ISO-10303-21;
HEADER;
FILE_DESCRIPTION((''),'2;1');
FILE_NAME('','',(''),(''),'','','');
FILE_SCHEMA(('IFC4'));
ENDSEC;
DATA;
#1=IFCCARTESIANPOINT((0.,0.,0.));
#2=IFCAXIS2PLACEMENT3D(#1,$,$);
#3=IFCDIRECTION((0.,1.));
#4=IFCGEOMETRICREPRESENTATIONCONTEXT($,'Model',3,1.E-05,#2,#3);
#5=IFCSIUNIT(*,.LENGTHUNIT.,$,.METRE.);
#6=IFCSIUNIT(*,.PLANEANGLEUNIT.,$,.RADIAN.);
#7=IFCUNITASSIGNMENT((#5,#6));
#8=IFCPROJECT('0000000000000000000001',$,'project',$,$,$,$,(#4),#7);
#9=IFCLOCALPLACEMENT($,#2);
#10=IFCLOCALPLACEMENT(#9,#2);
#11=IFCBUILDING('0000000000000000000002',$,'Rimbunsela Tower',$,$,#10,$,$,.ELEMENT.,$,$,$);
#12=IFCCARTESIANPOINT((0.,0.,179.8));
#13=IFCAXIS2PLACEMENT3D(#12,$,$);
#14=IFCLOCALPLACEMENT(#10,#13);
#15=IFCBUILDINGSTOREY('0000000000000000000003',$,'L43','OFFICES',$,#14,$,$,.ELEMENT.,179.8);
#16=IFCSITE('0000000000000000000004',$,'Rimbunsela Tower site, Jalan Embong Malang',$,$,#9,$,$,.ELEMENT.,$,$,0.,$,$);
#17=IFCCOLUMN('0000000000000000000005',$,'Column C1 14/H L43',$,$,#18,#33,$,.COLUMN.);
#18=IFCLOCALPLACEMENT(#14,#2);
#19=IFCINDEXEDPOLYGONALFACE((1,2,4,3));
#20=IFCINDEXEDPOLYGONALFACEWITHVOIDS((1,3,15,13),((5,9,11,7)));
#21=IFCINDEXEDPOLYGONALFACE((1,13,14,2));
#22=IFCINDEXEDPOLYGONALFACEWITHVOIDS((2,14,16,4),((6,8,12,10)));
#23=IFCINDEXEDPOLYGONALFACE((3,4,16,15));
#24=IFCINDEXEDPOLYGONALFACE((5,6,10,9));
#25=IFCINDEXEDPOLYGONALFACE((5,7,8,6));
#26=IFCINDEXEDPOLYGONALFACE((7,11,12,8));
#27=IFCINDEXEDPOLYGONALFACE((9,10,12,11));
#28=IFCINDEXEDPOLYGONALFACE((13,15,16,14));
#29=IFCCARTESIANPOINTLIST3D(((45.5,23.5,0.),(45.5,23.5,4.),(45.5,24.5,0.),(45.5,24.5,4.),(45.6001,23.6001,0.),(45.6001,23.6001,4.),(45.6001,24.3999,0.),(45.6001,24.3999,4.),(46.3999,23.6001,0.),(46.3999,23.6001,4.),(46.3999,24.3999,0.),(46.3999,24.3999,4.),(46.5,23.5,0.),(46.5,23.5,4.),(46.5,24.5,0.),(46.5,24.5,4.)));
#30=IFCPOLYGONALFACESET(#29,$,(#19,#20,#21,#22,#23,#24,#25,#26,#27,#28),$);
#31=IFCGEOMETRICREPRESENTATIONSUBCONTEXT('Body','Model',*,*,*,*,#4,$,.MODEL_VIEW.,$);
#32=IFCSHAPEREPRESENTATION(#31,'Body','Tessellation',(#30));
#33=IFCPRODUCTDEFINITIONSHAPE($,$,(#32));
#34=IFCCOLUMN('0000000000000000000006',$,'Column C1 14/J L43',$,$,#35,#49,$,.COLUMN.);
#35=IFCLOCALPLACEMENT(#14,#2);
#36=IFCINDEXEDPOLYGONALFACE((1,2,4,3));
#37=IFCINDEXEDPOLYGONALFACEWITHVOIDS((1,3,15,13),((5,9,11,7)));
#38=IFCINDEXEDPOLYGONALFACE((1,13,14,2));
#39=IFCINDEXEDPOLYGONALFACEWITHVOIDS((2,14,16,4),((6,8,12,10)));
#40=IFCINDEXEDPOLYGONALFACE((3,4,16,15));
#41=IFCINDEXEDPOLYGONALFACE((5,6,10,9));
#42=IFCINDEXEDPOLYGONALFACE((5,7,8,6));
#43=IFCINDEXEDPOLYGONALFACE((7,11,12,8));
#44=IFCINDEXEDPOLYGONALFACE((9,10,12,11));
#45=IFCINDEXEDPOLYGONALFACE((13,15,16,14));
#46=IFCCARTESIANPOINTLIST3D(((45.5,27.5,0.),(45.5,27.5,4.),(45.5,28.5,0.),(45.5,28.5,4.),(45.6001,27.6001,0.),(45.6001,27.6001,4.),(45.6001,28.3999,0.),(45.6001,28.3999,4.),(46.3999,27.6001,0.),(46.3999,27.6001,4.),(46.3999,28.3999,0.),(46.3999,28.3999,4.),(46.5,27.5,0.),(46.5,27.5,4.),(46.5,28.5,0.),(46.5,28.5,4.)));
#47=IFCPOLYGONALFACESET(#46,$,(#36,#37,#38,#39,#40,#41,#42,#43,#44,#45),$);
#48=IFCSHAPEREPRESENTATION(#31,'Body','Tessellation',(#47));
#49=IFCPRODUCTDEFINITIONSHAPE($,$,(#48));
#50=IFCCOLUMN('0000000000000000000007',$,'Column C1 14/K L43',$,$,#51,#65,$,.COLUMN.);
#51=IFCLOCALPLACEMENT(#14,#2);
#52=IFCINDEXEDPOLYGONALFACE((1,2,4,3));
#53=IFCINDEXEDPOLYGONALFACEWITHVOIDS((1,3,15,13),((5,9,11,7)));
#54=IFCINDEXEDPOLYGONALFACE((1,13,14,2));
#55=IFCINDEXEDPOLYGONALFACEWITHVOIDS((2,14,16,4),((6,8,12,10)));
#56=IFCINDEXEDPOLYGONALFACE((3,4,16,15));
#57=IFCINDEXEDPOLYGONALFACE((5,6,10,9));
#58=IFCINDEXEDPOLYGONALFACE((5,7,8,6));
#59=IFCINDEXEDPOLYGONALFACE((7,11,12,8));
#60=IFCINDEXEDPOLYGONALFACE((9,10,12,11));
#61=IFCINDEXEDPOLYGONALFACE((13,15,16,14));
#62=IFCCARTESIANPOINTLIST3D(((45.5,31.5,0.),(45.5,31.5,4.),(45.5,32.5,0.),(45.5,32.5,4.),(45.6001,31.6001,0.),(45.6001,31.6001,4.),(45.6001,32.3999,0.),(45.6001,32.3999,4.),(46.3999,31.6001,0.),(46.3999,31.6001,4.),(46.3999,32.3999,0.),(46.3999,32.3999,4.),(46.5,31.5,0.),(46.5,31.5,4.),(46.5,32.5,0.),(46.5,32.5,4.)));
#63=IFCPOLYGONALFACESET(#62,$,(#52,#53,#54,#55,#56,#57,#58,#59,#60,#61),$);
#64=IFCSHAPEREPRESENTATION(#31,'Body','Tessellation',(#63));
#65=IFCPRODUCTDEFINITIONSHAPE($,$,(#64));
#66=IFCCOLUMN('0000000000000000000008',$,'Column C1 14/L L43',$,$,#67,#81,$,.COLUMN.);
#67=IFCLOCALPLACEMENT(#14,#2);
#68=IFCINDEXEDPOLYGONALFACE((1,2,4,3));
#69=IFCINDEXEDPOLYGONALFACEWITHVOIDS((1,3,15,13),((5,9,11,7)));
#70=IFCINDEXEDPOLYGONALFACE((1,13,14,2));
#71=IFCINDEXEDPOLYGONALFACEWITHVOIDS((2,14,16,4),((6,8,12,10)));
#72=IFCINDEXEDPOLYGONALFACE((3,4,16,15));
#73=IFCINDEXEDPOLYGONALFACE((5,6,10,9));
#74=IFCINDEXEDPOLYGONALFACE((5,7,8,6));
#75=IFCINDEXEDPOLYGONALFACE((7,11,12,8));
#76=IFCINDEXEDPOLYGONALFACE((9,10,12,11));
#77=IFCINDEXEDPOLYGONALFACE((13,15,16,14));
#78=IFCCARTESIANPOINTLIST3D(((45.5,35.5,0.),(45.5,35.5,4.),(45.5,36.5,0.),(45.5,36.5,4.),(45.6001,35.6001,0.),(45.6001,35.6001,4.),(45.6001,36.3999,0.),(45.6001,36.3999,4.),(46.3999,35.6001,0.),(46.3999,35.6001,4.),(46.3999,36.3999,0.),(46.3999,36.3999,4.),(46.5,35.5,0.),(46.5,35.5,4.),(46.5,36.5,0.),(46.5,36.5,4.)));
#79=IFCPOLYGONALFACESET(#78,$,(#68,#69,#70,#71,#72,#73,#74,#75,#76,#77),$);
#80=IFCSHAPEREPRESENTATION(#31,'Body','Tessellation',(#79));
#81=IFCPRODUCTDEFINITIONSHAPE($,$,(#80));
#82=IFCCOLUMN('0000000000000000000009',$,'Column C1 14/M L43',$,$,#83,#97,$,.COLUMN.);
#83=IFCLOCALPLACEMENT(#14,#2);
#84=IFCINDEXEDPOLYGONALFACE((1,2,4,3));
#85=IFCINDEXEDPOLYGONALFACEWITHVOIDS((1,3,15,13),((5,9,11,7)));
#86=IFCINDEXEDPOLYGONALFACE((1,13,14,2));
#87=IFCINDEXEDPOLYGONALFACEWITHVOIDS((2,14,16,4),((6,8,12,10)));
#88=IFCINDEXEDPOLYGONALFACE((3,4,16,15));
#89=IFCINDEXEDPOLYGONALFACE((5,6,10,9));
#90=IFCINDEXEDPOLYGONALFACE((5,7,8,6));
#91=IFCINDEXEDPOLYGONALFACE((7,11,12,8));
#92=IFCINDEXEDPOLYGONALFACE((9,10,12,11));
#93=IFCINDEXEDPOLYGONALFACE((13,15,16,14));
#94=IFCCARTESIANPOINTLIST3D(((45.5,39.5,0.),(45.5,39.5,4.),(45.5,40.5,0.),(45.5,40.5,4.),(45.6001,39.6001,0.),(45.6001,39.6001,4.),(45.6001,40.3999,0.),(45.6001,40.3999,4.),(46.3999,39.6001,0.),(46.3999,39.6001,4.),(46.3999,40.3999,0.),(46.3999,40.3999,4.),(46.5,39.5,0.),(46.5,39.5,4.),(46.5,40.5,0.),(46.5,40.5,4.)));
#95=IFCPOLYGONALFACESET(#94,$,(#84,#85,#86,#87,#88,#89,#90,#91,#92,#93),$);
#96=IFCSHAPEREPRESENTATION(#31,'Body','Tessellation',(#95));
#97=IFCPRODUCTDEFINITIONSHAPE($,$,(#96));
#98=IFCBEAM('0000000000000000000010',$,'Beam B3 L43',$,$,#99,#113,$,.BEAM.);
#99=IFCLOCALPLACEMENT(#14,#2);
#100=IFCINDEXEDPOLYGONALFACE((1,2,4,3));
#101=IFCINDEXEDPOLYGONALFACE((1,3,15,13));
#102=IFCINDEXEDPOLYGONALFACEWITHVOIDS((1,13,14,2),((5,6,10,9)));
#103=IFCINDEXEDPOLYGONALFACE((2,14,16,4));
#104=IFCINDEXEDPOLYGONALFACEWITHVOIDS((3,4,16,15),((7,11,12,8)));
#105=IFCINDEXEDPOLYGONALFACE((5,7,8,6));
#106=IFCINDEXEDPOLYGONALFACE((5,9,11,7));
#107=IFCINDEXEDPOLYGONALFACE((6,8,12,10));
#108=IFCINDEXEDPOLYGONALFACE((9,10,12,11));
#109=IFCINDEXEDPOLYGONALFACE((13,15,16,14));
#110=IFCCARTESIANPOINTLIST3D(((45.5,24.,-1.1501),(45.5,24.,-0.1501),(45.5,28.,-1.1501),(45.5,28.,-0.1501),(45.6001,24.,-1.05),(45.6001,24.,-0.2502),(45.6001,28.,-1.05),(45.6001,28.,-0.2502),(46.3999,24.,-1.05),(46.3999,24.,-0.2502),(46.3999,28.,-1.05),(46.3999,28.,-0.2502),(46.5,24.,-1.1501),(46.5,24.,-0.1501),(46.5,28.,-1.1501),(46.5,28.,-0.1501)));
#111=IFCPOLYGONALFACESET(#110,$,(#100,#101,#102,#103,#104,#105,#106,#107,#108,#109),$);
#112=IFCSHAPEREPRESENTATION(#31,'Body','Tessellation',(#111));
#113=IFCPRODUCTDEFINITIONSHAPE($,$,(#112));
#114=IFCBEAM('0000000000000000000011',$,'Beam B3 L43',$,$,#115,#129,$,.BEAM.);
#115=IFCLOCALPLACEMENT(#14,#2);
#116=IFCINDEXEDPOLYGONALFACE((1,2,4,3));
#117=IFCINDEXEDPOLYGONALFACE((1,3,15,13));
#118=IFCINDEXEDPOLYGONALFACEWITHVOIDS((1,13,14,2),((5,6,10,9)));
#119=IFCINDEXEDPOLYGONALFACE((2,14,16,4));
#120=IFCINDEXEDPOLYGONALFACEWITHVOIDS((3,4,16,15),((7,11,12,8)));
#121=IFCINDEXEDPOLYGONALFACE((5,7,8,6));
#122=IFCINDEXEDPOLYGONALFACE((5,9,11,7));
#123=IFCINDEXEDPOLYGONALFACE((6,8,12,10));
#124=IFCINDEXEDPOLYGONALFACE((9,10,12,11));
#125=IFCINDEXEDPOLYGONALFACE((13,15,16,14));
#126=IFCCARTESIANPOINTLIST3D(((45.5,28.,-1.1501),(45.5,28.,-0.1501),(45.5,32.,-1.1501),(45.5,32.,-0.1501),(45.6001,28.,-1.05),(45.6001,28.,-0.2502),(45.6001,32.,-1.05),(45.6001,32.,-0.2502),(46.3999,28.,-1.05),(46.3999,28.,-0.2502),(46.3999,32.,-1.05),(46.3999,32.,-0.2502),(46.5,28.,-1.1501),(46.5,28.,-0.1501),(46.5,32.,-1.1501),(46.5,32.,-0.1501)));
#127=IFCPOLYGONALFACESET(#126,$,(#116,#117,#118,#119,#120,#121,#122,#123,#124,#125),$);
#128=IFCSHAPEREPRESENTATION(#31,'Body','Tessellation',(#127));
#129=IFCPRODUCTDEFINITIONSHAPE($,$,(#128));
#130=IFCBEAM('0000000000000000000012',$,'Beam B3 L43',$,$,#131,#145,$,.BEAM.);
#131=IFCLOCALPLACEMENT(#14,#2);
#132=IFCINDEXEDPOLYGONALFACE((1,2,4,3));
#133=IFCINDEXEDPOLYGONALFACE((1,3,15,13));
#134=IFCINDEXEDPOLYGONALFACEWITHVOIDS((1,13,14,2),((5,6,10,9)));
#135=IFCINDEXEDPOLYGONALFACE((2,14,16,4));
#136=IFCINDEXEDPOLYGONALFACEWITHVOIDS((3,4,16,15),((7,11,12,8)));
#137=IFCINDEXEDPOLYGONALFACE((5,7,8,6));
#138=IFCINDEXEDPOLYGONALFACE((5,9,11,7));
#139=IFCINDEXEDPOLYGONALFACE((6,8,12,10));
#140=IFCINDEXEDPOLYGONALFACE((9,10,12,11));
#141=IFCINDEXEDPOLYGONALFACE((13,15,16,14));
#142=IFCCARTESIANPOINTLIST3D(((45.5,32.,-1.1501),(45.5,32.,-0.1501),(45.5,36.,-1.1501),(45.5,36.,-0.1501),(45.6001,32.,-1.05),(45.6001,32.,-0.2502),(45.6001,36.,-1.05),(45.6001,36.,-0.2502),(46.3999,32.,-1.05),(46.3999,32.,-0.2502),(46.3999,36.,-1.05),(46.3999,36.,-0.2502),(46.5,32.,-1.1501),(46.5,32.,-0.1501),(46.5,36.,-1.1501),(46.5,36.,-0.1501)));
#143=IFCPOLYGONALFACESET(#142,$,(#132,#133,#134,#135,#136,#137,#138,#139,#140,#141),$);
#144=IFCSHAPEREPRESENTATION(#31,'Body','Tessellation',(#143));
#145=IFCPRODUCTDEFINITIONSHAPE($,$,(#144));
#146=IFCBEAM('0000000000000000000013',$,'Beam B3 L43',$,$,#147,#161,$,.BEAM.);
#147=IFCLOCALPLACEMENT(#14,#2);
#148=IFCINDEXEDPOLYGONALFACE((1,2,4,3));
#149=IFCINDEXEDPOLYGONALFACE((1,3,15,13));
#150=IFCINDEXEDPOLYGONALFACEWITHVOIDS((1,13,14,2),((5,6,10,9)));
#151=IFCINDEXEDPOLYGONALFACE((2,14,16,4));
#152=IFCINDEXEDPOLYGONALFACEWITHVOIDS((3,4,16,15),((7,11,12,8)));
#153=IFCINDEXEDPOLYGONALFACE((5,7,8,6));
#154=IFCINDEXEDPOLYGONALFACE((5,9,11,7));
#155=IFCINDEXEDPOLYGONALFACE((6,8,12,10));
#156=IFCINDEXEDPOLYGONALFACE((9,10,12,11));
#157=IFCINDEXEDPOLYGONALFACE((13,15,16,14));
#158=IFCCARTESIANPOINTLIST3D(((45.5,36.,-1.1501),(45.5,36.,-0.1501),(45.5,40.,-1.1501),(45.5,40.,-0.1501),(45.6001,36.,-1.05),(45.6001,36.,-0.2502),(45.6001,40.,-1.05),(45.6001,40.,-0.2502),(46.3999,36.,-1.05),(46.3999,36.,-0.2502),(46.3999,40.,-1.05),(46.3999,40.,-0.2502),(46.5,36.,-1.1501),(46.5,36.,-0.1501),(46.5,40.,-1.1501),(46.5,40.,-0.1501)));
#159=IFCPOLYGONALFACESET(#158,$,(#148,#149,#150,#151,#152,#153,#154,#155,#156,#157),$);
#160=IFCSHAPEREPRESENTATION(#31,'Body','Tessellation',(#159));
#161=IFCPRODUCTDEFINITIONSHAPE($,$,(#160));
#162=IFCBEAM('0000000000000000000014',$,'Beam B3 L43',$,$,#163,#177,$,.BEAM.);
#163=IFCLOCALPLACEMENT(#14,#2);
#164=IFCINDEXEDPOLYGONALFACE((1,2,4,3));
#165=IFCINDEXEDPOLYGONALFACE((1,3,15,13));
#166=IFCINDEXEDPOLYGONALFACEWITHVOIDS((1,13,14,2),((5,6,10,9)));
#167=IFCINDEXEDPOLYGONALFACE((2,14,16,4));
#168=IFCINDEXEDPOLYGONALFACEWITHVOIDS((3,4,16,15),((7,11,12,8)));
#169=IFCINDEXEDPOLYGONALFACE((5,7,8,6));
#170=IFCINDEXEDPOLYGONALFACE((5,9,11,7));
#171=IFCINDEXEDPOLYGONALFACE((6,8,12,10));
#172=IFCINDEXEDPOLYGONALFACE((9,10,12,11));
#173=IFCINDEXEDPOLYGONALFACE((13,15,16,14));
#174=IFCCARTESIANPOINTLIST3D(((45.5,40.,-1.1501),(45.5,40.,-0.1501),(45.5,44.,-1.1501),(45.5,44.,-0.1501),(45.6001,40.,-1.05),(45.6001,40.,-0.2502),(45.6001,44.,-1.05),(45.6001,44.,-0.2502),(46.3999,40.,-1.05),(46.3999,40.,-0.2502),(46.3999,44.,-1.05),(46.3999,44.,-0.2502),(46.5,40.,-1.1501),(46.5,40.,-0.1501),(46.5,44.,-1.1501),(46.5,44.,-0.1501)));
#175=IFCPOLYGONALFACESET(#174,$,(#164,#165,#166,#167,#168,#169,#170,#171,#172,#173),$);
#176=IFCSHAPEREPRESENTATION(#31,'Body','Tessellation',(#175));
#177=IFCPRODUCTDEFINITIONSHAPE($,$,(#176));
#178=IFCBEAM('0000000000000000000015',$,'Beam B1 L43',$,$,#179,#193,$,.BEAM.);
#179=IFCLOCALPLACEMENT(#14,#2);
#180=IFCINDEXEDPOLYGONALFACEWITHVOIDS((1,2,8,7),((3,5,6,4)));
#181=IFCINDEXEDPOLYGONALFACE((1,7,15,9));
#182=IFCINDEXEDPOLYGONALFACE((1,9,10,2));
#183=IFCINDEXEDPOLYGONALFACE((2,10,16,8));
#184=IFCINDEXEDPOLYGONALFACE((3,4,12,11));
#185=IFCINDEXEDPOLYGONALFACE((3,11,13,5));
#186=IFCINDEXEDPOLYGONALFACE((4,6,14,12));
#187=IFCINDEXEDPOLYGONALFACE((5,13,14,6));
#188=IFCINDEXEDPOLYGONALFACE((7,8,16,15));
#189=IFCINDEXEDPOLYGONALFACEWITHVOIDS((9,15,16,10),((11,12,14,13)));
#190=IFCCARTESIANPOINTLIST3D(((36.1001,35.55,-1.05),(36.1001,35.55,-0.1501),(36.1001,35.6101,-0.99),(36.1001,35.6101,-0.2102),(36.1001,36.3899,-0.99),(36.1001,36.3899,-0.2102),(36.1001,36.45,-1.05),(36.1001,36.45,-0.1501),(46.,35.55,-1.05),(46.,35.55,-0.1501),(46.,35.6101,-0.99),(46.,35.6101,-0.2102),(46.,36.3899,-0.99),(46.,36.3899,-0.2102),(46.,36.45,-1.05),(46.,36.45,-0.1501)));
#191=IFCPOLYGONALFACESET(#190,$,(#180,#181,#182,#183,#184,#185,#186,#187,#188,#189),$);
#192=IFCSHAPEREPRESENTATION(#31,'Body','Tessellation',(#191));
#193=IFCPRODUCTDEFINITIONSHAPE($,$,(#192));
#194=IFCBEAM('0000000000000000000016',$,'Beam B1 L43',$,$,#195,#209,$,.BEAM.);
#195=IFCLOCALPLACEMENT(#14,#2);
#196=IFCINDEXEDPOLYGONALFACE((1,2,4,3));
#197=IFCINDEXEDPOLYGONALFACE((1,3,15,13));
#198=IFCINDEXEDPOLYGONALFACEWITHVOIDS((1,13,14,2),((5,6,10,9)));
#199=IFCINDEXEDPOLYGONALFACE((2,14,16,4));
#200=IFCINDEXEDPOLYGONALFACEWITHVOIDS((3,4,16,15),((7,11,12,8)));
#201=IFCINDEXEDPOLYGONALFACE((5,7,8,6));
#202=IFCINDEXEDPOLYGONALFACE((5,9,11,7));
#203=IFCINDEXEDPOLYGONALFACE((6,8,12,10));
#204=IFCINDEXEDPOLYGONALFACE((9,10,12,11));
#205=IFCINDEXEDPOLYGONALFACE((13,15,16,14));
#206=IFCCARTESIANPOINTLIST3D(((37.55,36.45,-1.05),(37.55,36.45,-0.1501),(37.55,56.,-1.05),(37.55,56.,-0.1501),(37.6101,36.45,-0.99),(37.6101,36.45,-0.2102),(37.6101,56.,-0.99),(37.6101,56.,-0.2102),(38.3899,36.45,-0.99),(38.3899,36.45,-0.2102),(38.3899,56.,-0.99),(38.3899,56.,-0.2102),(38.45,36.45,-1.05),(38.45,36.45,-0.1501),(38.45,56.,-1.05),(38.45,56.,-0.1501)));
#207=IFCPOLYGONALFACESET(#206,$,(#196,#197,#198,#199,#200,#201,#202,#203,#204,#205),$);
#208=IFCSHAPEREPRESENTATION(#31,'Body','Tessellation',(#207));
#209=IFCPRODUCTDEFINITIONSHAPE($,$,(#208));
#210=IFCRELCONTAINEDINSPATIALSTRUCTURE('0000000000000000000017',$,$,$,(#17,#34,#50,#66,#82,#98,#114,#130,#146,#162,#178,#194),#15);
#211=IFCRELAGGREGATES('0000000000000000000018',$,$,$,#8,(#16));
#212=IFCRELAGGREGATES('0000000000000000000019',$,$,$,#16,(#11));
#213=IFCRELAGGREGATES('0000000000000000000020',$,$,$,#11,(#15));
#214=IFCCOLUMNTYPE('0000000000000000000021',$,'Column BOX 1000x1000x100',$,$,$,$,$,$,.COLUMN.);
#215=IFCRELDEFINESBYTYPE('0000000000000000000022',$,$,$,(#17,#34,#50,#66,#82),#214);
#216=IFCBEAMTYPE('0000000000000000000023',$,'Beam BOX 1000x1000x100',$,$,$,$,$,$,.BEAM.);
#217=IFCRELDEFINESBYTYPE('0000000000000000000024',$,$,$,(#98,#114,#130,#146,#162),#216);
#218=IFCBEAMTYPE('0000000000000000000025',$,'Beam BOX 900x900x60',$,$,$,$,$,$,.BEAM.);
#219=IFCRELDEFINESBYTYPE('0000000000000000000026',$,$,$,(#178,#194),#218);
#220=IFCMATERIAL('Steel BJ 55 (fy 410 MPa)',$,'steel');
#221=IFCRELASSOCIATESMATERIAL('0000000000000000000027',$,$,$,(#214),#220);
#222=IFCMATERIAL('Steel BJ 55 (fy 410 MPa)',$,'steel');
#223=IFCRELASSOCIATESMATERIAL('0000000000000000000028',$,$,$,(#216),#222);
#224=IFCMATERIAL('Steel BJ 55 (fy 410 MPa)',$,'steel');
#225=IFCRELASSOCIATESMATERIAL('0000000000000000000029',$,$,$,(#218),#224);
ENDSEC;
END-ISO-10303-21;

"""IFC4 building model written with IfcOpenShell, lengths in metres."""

from ifc_helpers import new_model, si_unit, direction, frame, origin, origin_2d, place, context, subcontext, project, spatial, hollow_rectangle, extrude, material, material_profile, profile_set, type_object, element, save


model = new_model("IFC4")

# Units and contexts
model_context = context("Model", 3, precision=1e-05, world=origin(), true_north=direction((0.0, 1.0)))
body_context = subcontext(model_context, "Body", "Model", "MODEL_VIEW")
ifc_project = project(units=[si_unit("LENGTHUNIT", "METRE"), si_unit("PLANEANGLEUNIT", "RADIAN")], contexts=[model_context])

# Site, building, storey
site_placement = place(None, origin())
site = spatial("IfcSite", under=ifc_project, at=site_placement, Name="Rimbunsela Tower site, Jalan Embong Malang", CompositionType="ELEMENT", RefElevation=0.0)
building_placement = place(site_placement, origin())
building = spatial("IfcBuilding", under=site, at=building_placement, Name="Rimbunsela Tower", CompositionType="ELEMENT")
storey_placement = place(building_placement, frame((0.0, 0.0, 179.8)))
storey = spatial("IfcBuildingStorey", under=building, at=storey_placement, Name="L43", Description="OFFICES", CompositionType="ELEMENT", Elevation=179.8)

# Columns
ifc_material_1 = material(Name="Steel BJ 55 (fy 410 MPa)", Category="steel")
ifc_material_profile_1 = material_profile(ifc_material_1, hollow_rectangle(XDim=1.0, YDim=1.0, WallThickness=0.1001, at=origin_2d()), Name="BOX 1000x1000x100")
ifc_profile_set_1 = profile_set([ifc_material_profile_1], Name="Steel BJ 55 (fy 410 MPa)")
column_type = type_object("IfcColumnType", Name="Column BOX 1000x1000x100", PredefinedType="COLUMN", material=ifc_profile_set_1)
for number, where, z_axis, x_axis, name in (
    (1, (46.0, 24.0, 0.0), (0.0, 0.0, 1.0), (1.0, 0.0, 0.0), "Column C1 14/H L43"),
    (2, (46.0, 28.0, 0.0), (0.0, 0.0, 1.0), (1.0, 0.0, 0.0), "Column C1 14/J L43"),
    (3, (46.0, 32.0, 0.0), (0.0, 0.0, 1.0), (1.0, 0.0, 0.0), "Column C1 14/K L43"),
    (4, (46.0, 36.0, 0.0), (0.0, 0.0, 1.0), (1.0, 0.0, 0.0), "Column C1 14/L L43"),
    (5, (46.0, 40.0, 0.0), (0.0, 0.0, 1.0), (1.0, 0.0, 0.0), "Column C1 14/M L43"),
):
    element("IfcColumn", number, at=place(storey_placement, frame(where, z_axis=z_axis, x_axis=x_axis)), inside=storey, type_object=column_type, Name=name, PredefinedType="COLUMN", context=body_context, shape_type="SweptSolid", body=[
        extrude(hollow_rectangle(XDim=1.0, YDim=1.0, WallThickness=0.1001, at=origin_2d()), origin(), (0.0, 0.0, 1.0), 4.0),
    ])

# Beams
ifc_material_2 = material(Name="Steel BJ 55 (fy 410 MPa)", Category="steel")
ifc_material_profile_2 = material_profile(ifc_material_2, hollow_rectangle(XDim=1.0, YDim=1.0, WallThickness=0.1001, at=origin_2d()), Name="BOX 1000x1000x100")
ifc_profile_set_2 = profile_set([ifc_material_profile_2], Name="Steel BJ 55 (fy 410 MPa)")
beam_type_1 = type_object("IfcBeamType", Name="Beam BOX 1000x1000x100", PredefinedType="BEAM", material=ifc_profile_set_2)
for number, where, z_axis, x_axis, name in (
    (6, (46.0, 24.0, -0.6501), (0.0, 1.0, 0.0), (-1.0, 0.0, 0.0), "Beam B3 L43"),
    (7, (46.0, 28.0, -0.6501), (0.0, 1.0, 0.0), (-1.0, 0.0, 0.0), "Beam B3 L43"),
    (8, (46.0, 32.0, -0.6501), (0.0, 1.0, 0.0), (-1.0, 0.0, 0.0), "Beam B3 L43"),
    (9, (46.0, 36.0, -0.6501), (0.0, 1.0, 0.0), (-1.0, 0.0, 0.0), "Beam B3 L43"),
    (10, (46.0, 40.0, -0.6501), (0.0, 1.0, 0.0), (-1.0, 0.0, 0.0), "Beam B3 L43"),
):
    element("IfcBeam", number, at=place(storey_placement, frame(where, z_axis=z_axis, x_axis=x_axis)), inside=storey, type_object=beam_type_1, Name=name, PredefinedType="BEAM", context=body_context, shape_type="SweptSolid", body=[
        extrude(hollow_rectangle(XDim=1.0, YDim=1.0, WallThickness=0.1001, at=origin_2d()), origin(), (0.0, 0.0, 1.0), 4.0),
    ])
ifc_material_3 = material(Name="Steel BJ 55 (fy 410 MPa)", Category="steel")
ifc_material_profile_3 = material_profile(ifc_material_3, hollow_rectangle(XDim=0.8999, YDim=0.8999, WallThickness=0.0601, at=origin_2d()), Name="BOX 900x900x60")
ifc_profile_set_3 = profile_set([ifc_material_profile_3], Name="Steel BJ 55 (fy 410 MPa)")
beam_type_2 = type_object("IfcBeamType", Name="Beam BOX 900x900x60", PredefinedType="BEAM", material=ifc_profile_set_3)
beam_1_placement = place(storey_placement, frame((36.1001, 36.0, -0.6001), z_axis=(1.0, 0.0, 0.0), x_axis=(0.0, 1.0, 0.0)))
element("IfcBeam", 11, at=beam_1_placement, inside=storey, type_object=beam_type_2, Name="Beam B1 L43", PredefinedType="BEAM", context=body_context, shape_type="SweptSolid", body=[
    extrude(hollow_rectangle(XDim=0.8999, YDim=0.8999, WallThickness=0.0601, at=origin_2d()), origin(), (0.0, 0.0, 1.0), 9.8999),
])
beam_2_placement = place(storey_placement, frame((38.0, 36.45, -0.6001), z_axis=(0.0, 1.0, 0.0), x_axis=(-1.0, 0.0, 0.0)))
element("IfcBeam", 12, at=beam_2_placement, inside=storey, type_object=beam_type_2, Name="Beam B1 L43", PredefinedType="BEAM", context=body_context, shape_type="SweptSolid", body=[
    extrude(hollow_rectangle(XDim=0.8999, YDim=0.8999, WallThickness=0.0601, at=origin_2d()), origin(), (0.0, 0.0, 1.0), 19.55),
])

save(model, "model.ifc")
